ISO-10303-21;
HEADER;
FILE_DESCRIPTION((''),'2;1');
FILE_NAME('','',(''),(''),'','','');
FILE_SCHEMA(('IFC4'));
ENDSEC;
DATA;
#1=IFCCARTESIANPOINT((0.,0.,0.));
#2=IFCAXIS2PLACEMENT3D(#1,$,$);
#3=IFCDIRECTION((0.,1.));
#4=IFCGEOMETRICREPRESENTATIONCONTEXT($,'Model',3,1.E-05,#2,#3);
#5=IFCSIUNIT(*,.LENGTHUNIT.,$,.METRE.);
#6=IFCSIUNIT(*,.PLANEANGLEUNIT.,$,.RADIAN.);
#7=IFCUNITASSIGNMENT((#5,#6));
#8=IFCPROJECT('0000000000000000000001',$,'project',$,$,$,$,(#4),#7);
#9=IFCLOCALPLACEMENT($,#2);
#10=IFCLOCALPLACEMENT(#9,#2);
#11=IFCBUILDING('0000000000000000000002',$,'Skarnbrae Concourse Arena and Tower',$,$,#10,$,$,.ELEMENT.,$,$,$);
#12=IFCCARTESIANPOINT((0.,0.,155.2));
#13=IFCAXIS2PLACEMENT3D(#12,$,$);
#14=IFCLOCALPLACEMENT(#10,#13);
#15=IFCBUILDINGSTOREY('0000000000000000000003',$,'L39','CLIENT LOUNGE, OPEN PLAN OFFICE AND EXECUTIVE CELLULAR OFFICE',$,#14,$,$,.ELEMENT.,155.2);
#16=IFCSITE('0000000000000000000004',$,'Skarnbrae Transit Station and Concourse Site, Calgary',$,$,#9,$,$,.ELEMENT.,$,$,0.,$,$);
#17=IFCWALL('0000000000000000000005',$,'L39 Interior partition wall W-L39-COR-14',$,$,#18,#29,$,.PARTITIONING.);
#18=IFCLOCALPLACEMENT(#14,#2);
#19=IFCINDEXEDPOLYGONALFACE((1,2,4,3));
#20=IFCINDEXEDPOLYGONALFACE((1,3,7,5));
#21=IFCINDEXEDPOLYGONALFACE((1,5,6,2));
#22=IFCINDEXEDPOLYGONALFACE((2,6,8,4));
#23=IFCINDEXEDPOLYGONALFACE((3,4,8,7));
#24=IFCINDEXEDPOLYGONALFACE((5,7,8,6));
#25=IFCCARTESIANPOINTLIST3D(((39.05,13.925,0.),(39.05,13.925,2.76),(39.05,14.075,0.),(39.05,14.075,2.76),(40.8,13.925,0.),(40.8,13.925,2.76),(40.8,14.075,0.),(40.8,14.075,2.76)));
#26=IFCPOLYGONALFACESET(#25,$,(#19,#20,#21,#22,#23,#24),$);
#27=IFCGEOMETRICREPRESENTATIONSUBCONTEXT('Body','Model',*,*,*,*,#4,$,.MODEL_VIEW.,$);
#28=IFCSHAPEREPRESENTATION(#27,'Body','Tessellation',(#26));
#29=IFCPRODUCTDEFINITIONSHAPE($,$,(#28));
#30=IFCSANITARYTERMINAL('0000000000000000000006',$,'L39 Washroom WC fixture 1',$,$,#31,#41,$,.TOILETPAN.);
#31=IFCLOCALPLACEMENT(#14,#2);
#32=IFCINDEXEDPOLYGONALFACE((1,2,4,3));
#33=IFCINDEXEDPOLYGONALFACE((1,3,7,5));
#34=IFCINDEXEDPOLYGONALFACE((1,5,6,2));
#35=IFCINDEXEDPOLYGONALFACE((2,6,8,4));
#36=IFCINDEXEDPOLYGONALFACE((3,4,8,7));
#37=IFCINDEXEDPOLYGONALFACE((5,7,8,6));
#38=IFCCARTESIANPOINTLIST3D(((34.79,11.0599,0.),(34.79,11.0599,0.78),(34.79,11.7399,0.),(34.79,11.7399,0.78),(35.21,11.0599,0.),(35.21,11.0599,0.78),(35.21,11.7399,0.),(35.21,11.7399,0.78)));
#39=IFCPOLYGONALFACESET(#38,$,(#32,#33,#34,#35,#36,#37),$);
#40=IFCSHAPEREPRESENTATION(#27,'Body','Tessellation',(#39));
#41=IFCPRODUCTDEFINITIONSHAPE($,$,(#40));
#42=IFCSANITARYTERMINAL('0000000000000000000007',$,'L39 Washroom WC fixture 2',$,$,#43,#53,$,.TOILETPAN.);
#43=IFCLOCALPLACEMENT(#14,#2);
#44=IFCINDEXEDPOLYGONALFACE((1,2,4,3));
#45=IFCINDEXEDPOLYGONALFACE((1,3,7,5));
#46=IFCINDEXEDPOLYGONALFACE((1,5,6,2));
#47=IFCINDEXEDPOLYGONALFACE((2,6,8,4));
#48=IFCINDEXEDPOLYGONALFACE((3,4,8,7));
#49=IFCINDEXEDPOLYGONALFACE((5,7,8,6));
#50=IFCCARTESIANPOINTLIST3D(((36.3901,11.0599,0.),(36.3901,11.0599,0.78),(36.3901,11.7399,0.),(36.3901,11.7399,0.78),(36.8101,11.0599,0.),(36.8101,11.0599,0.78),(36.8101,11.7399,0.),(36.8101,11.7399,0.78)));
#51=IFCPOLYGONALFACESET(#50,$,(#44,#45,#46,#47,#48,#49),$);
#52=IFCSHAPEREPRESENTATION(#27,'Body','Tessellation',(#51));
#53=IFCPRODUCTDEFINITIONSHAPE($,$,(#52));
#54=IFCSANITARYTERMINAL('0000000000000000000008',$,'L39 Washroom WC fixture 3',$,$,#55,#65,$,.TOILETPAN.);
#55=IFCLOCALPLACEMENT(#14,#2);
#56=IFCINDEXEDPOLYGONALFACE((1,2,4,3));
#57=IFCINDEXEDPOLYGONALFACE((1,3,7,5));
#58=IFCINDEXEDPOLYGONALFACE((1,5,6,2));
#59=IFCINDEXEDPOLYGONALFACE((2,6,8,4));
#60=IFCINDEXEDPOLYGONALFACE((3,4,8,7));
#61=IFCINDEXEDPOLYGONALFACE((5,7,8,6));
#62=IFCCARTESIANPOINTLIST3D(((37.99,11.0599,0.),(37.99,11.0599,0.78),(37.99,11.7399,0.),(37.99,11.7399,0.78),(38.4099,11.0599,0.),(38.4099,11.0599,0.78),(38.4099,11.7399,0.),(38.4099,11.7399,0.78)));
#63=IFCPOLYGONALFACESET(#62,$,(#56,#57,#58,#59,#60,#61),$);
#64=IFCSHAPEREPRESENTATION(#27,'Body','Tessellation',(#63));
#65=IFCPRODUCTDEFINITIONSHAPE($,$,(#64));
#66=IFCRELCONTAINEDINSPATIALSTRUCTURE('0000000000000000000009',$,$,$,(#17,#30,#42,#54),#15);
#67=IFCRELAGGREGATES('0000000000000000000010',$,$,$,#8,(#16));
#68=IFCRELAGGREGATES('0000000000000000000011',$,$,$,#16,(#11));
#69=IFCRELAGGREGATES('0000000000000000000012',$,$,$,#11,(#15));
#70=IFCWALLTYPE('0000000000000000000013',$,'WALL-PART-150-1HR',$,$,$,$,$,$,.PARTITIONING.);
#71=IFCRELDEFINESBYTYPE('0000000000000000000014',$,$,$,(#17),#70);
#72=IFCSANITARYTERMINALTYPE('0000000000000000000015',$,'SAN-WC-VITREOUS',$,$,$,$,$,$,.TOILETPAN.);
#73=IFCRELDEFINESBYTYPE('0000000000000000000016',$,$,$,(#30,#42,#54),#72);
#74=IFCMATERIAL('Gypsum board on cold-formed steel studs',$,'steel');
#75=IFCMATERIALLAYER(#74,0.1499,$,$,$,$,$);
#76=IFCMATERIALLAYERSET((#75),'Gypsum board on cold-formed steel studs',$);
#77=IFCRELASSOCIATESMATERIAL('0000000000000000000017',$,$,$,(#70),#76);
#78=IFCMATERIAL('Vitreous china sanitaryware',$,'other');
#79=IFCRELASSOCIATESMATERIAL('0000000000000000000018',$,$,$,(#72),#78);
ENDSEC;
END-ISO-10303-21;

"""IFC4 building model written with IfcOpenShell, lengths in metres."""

from ifc_helpers import new_model, si_unit, direction, frame, frame_2d, origin, origin_2d, place, context, subcontext, project, spatial, rectangle, extrude, source, transform, mapped, material, layer, layer_set, type_object, element, save


model = new_model("IFC4")

# Units and contexts
model_context = context("Model", 3, precision=1e-05, world=origin(), true_north=direction((0.0, 1.0)))
body_context = subcontext(model_context, "Body", "Model", "MODEL_VIEW")
ifc_project = project(units=[si_unit("LENGTHUNIT", "METRE"), si_unit("PLANEANGLEUNIT", "RADIAN")], contexts=[model_context])

# Site, building, storey
site_placement = place(None, origin())
site = spatial("IfcSite", under=ifc_project, at=site_placement, Name="Skarnbrae Transit Station and Concourse Site, Calgary", CompositionType="ELEMENT", RefElevation=0.0)
building_placement = place(site_placement, origin())
building = spatial("IfcBuilding", under=site, at=building_placement, Name="Skarnbrae Concourse Arena and Tower", CompositionType="ELEMENT")
storey_placement = place(building_placement, frame((0.0, 0.0, 155.2)))
storey = spatial("IfcBuildingStorey", under=building, at=storey_placement, Name="L39", Description="CLIENT LOUNGE, OPEN PLAN OFFICE AND EXECUTIVE CELLULAR OFFICE", CompositionType="ELEMENT", Elevation=155.2)

# Shared definitions
ifc_material_1 = material(Name="Gypsum board on cold-formed steel studs", Category="steel")
ifc_layer_1 = layer(ifc_material_1, 0.1499)
ifc_layer_set_1 = layer_set([ifc_layer_1], Name="Gypsum board on cold-formed steel studs")
wall_type_1 = type_object("IfcWallType", Name="WALL-PART-150-1HR", PredefinedType="PARTITIONING", material=ifc_layer_set_1)

# Wall
shared_shape_1 = source(origin(), body_context, "Body", "SweptSolid", [
    extrude(rectangle(XDim=1.75, YDim=0.1499, at=frame_2d((0.875, 0.0))), origin(), (0.0, 0.0, 1.0), 2.76),
])
wall_1_placement = place(storey_placement, frame((40.8, 14.0, 0.0), z_axis=(0.0, 0.0, 1.0), x_axis=(-1.0, 0.0, 0.0)))
element("IfcWall", 1, at=wall_1_placement, inside=storey, type_object=wall_type_1, Name="L39 Interior partition wall W-L39-COR-14", PredefinedType="PARTITIONING", context=body_context, shape_type="MappedRepresentation", body=[
    mapped(shared_shape_1, transform((0.0, 0.0, 0.0))),
])

# Sanitary terminals
ifc_material_2 = material(Name="Vitreous china sanitaryware", Category="other")
sanitary_terminal_type = type_object("IfcSanitaryTerminalType", Name="SAN-WC-VITREOUS", PredefinedType="TOILETPAN", material=ifc_material_2)
shared_shape_2 = source(origin(), body_context, "Body", "SweptSolid", [
    extrude(rectangle(XDim=0.4199, YDim=0.6799, at=origin_2d()), origin(), (0.0, 0.0, 1.0), 0.78),
])
for number, where, z_axis, x_axis, name in (
    (2, (35.0, 11.3999, 0.0), (0.0, 0.0, 1.0), (1.0, 0.0, 0.0), "L39 Washroom WC fixture 1"),
    (3, (36.6001, 11.3999, 0.0), (0.0, 0.0, 1.0), (1.0, 0.0, 0.0), "L39 Washroom WC fixture 2"),
    (4, (38.2, 11.3999, 0.0), (0.0, 0.0, 1.0), (1.0, 0.0, 0.0), "L39 Washroom WC fixture 3"),
):
    element("IfcSanitaryTerminal", number, at=place(storey_placement, frame(where, z_axis=z_axis, x_axis=x_axis)), inside=storey, type_object=sanitary_terminal_type, Name=name, PredefinedType="TOILETPAN", context=body_context, shape_type="MappedRepresentation", body=[
        mapped(shared_shape_2, transform((0.0, 0.0, 0.0))),
    ])

save(model, "model.ifc")
